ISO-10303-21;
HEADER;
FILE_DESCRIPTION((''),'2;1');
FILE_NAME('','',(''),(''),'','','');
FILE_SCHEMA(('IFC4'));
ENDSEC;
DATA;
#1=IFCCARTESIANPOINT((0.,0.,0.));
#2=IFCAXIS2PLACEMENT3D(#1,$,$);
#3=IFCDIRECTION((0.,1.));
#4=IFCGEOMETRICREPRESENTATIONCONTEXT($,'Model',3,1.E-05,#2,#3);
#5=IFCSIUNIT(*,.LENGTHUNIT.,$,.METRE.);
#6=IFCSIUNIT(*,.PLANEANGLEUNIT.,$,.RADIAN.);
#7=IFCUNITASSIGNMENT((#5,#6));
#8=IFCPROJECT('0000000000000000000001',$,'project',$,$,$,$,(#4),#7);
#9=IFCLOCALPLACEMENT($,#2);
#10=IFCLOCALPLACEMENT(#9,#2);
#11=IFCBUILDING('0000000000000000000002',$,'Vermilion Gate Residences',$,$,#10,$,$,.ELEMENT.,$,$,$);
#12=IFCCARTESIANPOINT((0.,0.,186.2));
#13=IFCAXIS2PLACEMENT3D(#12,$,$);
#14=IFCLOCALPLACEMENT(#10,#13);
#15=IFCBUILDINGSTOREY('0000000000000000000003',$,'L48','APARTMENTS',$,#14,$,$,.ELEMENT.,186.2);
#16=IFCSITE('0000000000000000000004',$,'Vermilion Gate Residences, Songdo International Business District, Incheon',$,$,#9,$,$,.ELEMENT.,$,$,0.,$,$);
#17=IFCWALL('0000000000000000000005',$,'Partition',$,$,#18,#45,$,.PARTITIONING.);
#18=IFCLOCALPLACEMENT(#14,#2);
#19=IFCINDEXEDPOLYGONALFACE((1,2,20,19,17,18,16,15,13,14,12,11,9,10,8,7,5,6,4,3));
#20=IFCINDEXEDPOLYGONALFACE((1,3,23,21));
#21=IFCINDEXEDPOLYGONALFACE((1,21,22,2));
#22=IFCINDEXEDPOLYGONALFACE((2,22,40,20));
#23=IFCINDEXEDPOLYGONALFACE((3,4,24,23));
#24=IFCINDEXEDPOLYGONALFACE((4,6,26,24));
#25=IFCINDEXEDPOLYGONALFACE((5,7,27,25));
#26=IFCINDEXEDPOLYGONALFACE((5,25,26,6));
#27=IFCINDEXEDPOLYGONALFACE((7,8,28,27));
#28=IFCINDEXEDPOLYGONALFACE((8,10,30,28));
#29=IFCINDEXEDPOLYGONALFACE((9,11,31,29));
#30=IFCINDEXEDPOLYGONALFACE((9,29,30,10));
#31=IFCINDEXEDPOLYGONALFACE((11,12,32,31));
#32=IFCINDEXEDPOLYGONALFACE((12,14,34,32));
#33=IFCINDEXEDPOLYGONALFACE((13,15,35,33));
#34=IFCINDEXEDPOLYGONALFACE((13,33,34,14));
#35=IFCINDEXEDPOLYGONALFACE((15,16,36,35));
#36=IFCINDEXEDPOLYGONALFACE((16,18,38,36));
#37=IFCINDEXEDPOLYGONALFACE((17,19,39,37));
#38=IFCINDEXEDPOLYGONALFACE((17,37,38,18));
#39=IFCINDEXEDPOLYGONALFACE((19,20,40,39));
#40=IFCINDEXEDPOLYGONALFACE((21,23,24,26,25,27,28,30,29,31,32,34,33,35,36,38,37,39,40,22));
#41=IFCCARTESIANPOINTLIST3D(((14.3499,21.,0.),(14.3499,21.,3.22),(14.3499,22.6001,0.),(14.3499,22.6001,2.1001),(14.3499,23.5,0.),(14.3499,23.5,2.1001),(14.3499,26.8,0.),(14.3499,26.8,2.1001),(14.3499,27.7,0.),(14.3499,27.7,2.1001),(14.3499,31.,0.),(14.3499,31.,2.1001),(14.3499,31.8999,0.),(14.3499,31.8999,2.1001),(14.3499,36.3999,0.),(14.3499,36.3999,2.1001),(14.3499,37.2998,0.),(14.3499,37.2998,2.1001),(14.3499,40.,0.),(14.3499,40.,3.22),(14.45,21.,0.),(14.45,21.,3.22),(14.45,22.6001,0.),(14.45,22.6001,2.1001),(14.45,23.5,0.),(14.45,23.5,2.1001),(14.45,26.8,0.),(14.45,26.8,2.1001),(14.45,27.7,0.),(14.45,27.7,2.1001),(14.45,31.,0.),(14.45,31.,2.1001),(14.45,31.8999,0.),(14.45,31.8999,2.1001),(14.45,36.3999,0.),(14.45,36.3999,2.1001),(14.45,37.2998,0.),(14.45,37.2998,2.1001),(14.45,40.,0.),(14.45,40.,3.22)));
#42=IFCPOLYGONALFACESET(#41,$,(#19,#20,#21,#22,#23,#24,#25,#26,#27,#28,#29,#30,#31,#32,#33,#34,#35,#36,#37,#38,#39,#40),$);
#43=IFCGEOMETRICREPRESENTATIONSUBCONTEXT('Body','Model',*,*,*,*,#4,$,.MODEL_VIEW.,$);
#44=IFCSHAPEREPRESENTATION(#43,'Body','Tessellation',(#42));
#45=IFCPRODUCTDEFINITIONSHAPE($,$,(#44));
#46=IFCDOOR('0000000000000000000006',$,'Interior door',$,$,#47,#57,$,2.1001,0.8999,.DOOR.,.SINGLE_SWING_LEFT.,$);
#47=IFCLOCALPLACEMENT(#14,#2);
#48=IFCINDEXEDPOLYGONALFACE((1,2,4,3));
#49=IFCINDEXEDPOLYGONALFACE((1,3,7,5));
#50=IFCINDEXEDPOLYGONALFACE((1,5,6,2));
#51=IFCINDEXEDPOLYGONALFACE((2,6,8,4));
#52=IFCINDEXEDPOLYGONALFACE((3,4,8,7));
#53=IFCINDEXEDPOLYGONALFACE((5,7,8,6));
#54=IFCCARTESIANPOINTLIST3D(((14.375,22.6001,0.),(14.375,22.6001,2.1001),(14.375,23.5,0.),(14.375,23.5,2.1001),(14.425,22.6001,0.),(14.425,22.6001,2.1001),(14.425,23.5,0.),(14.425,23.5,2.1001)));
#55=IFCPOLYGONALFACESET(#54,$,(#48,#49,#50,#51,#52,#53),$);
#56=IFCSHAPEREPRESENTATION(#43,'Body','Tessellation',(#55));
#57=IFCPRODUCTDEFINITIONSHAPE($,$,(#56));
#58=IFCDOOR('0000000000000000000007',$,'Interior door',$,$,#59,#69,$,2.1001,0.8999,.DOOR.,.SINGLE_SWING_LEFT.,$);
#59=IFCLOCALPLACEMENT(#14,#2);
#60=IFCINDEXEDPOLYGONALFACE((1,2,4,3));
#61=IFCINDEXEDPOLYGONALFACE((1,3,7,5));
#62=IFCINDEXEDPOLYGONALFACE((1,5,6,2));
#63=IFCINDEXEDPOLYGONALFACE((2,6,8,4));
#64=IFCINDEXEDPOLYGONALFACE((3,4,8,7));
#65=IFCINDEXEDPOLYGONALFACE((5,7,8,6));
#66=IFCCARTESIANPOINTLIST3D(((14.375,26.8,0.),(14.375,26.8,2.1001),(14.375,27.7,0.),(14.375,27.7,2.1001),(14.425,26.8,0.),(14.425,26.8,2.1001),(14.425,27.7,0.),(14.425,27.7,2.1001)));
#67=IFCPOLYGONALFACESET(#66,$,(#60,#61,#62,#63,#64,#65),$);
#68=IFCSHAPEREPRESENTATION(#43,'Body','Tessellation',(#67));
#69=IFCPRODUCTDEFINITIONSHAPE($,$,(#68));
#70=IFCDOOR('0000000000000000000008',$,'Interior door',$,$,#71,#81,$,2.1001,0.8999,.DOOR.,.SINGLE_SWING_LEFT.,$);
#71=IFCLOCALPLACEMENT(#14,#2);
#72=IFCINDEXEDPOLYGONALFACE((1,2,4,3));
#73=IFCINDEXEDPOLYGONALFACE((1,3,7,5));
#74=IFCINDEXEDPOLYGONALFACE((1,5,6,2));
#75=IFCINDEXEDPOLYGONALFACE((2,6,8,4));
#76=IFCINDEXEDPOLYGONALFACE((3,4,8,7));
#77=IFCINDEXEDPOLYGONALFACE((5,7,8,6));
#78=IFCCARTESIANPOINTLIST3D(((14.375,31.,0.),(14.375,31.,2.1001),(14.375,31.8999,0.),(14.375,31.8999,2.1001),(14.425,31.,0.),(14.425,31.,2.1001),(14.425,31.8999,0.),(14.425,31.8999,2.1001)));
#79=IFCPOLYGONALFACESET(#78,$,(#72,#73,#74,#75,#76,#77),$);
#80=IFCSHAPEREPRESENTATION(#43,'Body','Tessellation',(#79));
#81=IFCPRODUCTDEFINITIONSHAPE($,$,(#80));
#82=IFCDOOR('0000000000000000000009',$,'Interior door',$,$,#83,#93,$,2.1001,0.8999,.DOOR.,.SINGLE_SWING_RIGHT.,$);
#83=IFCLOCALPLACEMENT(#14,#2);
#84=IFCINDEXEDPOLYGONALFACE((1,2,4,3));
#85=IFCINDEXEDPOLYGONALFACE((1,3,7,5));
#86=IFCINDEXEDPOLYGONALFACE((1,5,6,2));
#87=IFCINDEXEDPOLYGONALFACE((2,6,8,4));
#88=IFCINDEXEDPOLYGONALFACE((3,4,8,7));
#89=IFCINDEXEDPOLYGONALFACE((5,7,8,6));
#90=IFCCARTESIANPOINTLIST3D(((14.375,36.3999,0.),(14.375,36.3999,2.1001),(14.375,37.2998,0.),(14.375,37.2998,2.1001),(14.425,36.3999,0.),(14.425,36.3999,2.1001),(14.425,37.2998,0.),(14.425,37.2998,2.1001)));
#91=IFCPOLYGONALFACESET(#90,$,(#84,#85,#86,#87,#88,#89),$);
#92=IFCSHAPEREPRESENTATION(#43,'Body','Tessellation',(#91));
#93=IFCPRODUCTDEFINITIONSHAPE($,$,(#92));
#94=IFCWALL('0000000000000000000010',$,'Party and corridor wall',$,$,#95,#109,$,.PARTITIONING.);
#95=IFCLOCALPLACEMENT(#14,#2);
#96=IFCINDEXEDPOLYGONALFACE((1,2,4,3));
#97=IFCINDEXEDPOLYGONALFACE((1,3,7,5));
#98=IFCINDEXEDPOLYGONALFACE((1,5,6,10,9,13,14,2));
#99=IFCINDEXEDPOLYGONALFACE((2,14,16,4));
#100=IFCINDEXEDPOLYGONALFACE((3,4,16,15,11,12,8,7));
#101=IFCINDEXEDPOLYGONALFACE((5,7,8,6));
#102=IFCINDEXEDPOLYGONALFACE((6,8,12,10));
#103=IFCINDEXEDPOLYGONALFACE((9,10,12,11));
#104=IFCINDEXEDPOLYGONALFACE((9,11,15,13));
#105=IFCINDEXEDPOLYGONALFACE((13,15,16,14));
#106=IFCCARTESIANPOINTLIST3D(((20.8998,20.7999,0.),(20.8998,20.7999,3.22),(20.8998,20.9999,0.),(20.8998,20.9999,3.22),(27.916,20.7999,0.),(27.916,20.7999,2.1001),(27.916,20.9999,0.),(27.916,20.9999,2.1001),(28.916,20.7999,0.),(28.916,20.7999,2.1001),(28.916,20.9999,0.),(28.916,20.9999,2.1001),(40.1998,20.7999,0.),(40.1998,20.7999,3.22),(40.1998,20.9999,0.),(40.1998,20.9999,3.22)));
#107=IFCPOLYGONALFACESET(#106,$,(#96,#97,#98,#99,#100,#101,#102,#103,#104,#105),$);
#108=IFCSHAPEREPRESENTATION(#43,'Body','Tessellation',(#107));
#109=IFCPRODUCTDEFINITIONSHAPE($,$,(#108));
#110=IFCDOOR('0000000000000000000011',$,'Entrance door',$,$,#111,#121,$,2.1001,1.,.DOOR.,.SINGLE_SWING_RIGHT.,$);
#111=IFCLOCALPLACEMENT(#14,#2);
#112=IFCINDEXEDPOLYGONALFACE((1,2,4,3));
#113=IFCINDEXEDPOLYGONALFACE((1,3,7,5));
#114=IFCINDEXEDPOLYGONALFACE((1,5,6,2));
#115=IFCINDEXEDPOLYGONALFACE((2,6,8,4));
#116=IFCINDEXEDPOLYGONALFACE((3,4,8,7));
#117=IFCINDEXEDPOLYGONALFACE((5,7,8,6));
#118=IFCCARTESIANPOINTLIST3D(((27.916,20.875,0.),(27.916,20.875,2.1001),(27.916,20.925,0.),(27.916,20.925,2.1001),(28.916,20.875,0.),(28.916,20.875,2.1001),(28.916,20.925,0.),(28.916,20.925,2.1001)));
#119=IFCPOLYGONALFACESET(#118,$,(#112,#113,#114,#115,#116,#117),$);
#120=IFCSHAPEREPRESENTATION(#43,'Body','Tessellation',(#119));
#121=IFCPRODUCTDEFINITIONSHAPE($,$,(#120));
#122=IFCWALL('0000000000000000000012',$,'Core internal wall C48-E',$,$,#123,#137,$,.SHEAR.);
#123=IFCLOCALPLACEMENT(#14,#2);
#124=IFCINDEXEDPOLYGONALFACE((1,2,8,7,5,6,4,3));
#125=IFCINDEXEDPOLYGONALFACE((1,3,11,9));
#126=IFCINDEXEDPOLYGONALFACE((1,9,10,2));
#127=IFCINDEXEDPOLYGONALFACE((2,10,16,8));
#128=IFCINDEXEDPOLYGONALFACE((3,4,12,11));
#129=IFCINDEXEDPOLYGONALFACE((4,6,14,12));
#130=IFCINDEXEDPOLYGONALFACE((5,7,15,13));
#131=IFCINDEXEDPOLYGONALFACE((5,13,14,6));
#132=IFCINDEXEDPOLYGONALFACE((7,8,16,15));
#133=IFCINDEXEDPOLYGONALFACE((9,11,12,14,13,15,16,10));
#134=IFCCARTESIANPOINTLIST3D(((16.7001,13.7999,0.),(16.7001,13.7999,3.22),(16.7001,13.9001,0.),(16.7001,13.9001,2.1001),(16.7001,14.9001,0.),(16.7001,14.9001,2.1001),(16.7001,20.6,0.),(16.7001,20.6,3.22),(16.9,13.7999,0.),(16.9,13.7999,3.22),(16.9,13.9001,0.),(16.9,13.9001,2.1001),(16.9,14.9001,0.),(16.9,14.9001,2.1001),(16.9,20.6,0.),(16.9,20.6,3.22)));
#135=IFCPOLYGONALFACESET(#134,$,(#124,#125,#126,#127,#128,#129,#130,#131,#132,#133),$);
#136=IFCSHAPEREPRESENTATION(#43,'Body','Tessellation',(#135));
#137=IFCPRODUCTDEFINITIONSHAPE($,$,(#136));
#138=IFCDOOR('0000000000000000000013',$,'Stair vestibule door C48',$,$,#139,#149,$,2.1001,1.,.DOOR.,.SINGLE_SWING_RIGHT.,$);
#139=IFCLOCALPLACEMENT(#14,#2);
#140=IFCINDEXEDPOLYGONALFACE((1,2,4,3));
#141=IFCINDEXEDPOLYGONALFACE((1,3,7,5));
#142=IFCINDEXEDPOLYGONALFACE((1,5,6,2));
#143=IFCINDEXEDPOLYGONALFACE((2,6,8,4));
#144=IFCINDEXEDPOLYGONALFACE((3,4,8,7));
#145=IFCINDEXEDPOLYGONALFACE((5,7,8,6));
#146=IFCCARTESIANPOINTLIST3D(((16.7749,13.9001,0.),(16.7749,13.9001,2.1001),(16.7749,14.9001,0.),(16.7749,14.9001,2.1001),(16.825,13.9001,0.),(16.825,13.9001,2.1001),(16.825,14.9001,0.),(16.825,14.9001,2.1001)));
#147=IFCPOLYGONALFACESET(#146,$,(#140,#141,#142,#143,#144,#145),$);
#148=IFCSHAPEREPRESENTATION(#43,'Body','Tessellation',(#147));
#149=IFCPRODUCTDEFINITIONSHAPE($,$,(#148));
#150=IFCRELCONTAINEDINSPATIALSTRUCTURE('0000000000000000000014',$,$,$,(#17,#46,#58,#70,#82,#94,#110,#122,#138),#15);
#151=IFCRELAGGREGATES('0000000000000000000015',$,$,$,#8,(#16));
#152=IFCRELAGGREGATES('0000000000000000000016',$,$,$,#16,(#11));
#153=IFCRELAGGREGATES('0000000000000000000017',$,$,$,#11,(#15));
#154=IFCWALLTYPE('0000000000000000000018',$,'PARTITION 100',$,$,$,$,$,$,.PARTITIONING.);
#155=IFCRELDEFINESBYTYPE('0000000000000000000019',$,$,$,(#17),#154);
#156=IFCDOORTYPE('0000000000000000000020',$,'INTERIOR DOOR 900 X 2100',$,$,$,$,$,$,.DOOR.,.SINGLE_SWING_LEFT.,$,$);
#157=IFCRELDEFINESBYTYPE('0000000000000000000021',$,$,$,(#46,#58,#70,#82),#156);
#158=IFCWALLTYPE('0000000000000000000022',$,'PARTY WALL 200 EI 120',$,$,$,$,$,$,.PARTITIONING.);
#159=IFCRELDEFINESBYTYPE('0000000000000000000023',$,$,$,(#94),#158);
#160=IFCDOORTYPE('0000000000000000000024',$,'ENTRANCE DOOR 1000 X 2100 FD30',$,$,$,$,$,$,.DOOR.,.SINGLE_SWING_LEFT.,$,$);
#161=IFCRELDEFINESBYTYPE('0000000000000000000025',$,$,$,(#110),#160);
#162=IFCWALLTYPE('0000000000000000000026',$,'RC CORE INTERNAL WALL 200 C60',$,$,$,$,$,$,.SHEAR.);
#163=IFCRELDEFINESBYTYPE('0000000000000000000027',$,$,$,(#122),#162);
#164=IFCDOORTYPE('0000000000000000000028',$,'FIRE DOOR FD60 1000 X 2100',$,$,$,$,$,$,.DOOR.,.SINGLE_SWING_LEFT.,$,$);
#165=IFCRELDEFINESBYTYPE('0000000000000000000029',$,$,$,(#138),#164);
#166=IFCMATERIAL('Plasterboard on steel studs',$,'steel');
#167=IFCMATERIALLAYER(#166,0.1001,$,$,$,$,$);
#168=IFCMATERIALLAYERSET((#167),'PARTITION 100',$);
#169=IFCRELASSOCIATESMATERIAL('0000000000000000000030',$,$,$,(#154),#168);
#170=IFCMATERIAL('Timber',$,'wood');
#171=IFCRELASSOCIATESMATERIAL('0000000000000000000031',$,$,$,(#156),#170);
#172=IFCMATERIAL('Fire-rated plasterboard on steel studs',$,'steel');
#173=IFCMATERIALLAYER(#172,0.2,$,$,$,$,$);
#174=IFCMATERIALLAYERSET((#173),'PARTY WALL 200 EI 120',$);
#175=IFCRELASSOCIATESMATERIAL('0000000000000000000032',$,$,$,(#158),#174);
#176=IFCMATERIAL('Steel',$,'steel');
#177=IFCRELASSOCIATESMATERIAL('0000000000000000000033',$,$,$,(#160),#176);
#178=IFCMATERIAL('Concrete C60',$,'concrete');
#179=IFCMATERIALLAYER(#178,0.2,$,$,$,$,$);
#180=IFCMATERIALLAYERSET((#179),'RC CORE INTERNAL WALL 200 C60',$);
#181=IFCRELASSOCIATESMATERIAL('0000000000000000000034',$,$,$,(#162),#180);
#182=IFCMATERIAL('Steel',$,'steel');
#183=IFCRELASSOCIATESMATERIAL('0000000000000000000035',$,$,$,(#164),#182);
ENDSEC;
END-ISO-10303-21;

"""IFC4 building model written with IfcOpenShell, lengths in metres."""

from ifc_helpers import new_model, si_unit, direction, frame, frame_2d, origin, place, context, subcontext, project, spatial, rectangle, extrude, material, layer, layer_set, type_object, element, fill, save


model = new_model("IFC4")

# Units and contexts
model_context = context("Model", 3, precision=1e-05, world=origin(), true_north=direction((0.0, 1.0)))
body_context = subcontext(model_context, "Body", "Model", "MODEL_VIEW")
ifc_project = project(units=[si_unit("LENGTHUNIT", "METRE"), si_unit("PLANEANGLEUNIT", "RADIAN")], contexts=[model_context])

# Site, building, storey
site_placement = place(None, origin())
site = spatial("IfcSite", under=ifc_project, at=site_placement, Name="Vermilion Gate Residences, Songdo International Business District, Incheon", CompositionType="ELEMENT", RefElevation=0.0)
building_placement = place(site_placement, origin())
building = spatial("IfcBuilding", under=site, at=building_placement, Name="Vermilion Gate Residences", CompositionType="ELEMENT")
storey_placement = place(building_placement, frame((0.0, 0.0, 186.2)))
storey = spatial("IfcBuildingStorey", under=building, at=storey_placement, Name="L48", Description="APARTMENTS", CompositionType="ELEMENT", Elevation=186.2)

# Wall, openings, doors
ifc_material_1 = material(Name="Plasterboard on steel studs", Category="steel")
ifc_layer_1 = layer(ifc_material_1, 0.1001)
ifc_layer_set_1 = layer_set([ifc_layer_1], Name="PARTITION 100")
wall_type_1 = type_object("IfcWallType", Name="PARTITION 100", PredefinedType="PARTITIONING", material=ifc_layer_set_1)
ifc_material_2 = material(Name="Timber", Category="wood")
door_type_1 = type_object("IfcDoorType", Name="INTERIOR DOOR 900 X 2100", OperationType="SINGLE_SWING_LEFT", PredefinedType="DOOR", material=ifc_material_2)
wall_1_placement = place(storey_placement, frame((14.3999, 21.0, 0.0), z_axis=(0.0, 0.0, 1.0), x_axis=(0.0, 1.0, 0.0)))
wall_1 = element("IfcWall", 1, at=wall_1_placement, inside=storey, type_object=wall_type_1, Name="Partition", PredefinedType="PARTITIONING", context=body_context, shape_type="SweptSolid", body=[
    extrude(rectangle(XDim=19.0, YDim=0.1001, at=frame_2d((9.5, 0.0))), origin(), (0.0, 0.0, 1.0), 3.22),
])
opening_1_placement = place(wall_1_placement, frame((1.6001, 0.0, 0.0)))
opening_1 = element("IfcOpeningElement", 2, at=opening_1_placement, cuts=wall_1, PredefinedType="OPENING", context=body_context, shape_type="SweptSolid", body=[
    extrude(rectangle(XDim=0.8999, YDim=2.1001, at=frame_2d((0.45, 1.05))), frame((0.0, 0.0601, 0.0), z_axis=(0.0, -1.0, 0.0), x_axis=(1.0, 0.0, 0.0)), (0.0, 0.0, 1.0), 0.1201),
])
opening_2_placement = place(wall_1_placement, frame((5.8, 0.0, 0.0)))
opening_2 = element("IfcOpeningElement", 3, at=opening_2_placement, cuts=wall_1, PredefinedType="OPENING", context=body_context, shape_type="SweptSolid", body=[
    extrude(rectangle(XDim=0.8999, YDim=2.1001, at=frame_2d((0.45, 1.05))), frame((0.0, 0.0601, 0.0), z_axis=(0.0, -1.0, 0.0), x_axis=(1.0, 0.0, 0.0)), (0.0, 0.0, 1.0), 0.1201),
])
opening_3_placement = place(wall_1_placement, frame((10.0, 0.0, 0.0)))
opening_3 = element("IfcOpeningElement", 4, at=opening_3_placement, cuts=wall_1, PredefinedType="OPENING", context=body_context, shape_type="SweptSolid", body=[
    extrude(rectangle(XDim=0.8999, YDim=2.1001, at=frame_2d((0.45, 1.05))), frame((0.0, 0.0601, 0.0), z_axis=(0.0, -1.0, 0.0), x_axis=(1.0, 0.0, 0.0)), (0.0, 0.0, 1.0), 0.1201),
])
opening_4_placement = place(wall_1_placement, frame((15.3999, 0.0, 0.0)))
opening_4 = element("IfcOpeningElement", 5, at=opening_4_placement, cuts=wall_1, PredefinedType="OPENING", context=body_context, shape_type="SweptSolid", body=[
    extrude(rectangle(XDim=0.8999, YDim=2.1001, at=frame_2d((0.45, 1.05))), frame((0.0, 0.0601, 0.0), z_axis=(0.0, -1.0, 0.0), x_axis=(1.0, 0.0, 0.0)), (0.0, 0.0, 1.0), 0.1201),
])
door_1_placement = place(opening_1_placement, origin())
door_1 = element("IfcDoor", 6, at=door_1_placement, inside=storey, type_object=door_type_1, Name="Interior door", OperationType="SINGLE_SWING_LEFT", OverallHeight=2.1001, OverallWidth=0.8999, PredefinedType="DOOR", context=body_context, shape_type="SweptSolid", body=[
    extrude(rectangle(XDim=0.8999, YDim=2.1001, at=frame_2d((0.45, 1.05))), frame((0.0, 0.0249, 0.0), z_axis=(0.0, -1.0, 0.0), x_axis=(1.0, 0.0, 0.0)), (0.0, 0.0, 1.0), 0.05),
])
fill(opening_1, door_1)
door_2_placement = place(opening_2_placement, origin())
door_2 = element("IfcDoor", 7, at=door_2_placement, inside=storey, type_object=door_type_1, Name="Interior door", OperationType="SINGLE_SWING_LEFT", OverallHeight=2.1001, OverallWidth=0.8999, PredefinedType="DOOR", context=body_context, shape_type="SweptSolid", body=[
    extrude(rectangle(XDim=0.8999, YDim=2.1001, at=frame_2d((0.45, 1.05))), frame((0.0, 0.0249, 0.0), z_axis=(0.0, -1.0, 0.0), x_axis=(1.0, 0.0, 0.0)), (0.0, 0.0, 1.0), 0.05),
])
fill(opening_2, door_2)
door_3_placement = place(opening_3_placement, origin())
door_3 = element("IfcDoor", 8, at=door_3_placement, inside=storey, type_object=door_type_1, Name="Interior door", OperationType="SINGLE_SWING_LEFT", OverallHeight=2.1001, OverallWidth=0.8999, PredefinedType="DOOR", context=body_context, shape_type="SweptSolid", body=[
    extrude(rectangle(XDim=0.8999, YDim=2.1001, at=frame_2d((0.45, 1.05))), frame((0.0, 0.0249, 0.0), z_axis=(0.0, -1.0, 0.0), x_axis=(1.0, 0.0, 0.0)), (0.0, 0.0, 1.0), 0.05),
])
fill(opening_3, door_3)
door_4_placement = place(opening_4_placement, origin())
door_4 = element("IfcDoor", 9, at=door_4_placement, inside=storey, type_object=door_type_1, Name="Interior door", OperationType="SINGLE_SWING_RIGHT", OverallHeight=2.1001, OverallWidth=0.8999, PredefinedType="DOOR", context=body_context, shape_type="SweptSolid", body=[
    extrude(rectangle(XDim=0.8999, YDim=2.1001, at=frame_2d((0.45, 1.05))), frame((0.0, 0.0249, 0.0), z_axis=(0.0, -1.0, 0.0), x_axis=(1.0, 0.0, 0.0)), (0.0, 0.0, 1.0), 0.05),
])
fill(opening_4, door_4)

# Walls, openings, doors
ifc_material_3 = material(Name="Fire-rated plasterboard on steel studs", Category="steel")
ifc_layer_2 = layer(ifc_material_3, 0.2)
ifc_layer_set_2 = layer_set([ifc_layer_2], Name="PARTY WALL 200 EI 120")
wall_type_2 = type_object("IfcWallType", Name="PARTY WALL 200 EI 120", PredefinedType="PARTITIONING", material=ifc_layer_set_2)
wall_2_placement = place(storey_placement, frame((20.8999, 20.8999, 0.0), z_axis=(0.0, 0.0, 1.0), x_axis=(1.0, 0.0, 0.0)))
wall_2 = element("IfcWall", 10, at=wall_2_placement, inside=storey, type_object=wall_type_2, Name="Party and corridor wall", PredefinedType="PARTITIONING", context=body_context, shape_type="SweptSolid", body=[
    extrude(rectangle(XDim=19.3, YDim=0.2, at=frame_2d((9.6499, 0.0))), origin(), (0.0, 0.0, 1.0), 3.22),
])
opening_5_placement = place(wall_2_placement, frame((7.0161, 0.0, 0.0)))
opening_5 = element("IfcOpeningElement", 11, at=opening_5_placement, cuts=wall_2, PredefinedType="OPENING", context=body_context, shape_type="SweptSolid", body=[
    extrude(rectangle(XDim=1.0, YDim=2.1001, at=frame_2d((0.5, 1.05))), frame((0.0, 0.1099, 0.0), z_axis=(0.0, -1.0, 0.0), x_axis=(1.0, 0.0, 0.0)), (0.0, 0.0, 1.0), 0.22),
])
ifc_material_4 = material(Name="Steel", Category="steel")
door_type_2 = type_object("IfcDoorType", Name="ENTRANCE DOOR 1000 X 2100 FD30", OperationType="SINGLE_SWING_LEFT", PredefinedType="DOOR", material=ifc_material_4)
door_5_placement = place(opening_5_placement, frame((1.0, 0.0, 0.0), z_axis=(0.0, 0.0, 1.0), x_axis=(-1.0, 0.0, 0.0)))
door_5 = element("IfcDoor", 12, at=door_5_placement, inside=storey, type_object=door_type_2, Name="Entrance door", OperationType="SINGLE_SWING_RIGHT", OverallHeight=2.1001, OverallWidth=1.0, PredefinedType="DOOR", context=body_context, shape_type="SweptSolid", body=[
    extrude(rectangle(XDim=1.0, YDim=2.1001, at=frame_2d((0.5, 1.05))), frame((0.0, 0.0249, 0.0), z_axis=(0.0, -1.0, 0.0), x_axis=(1.0, 0.0, 0.0)), (0.0, 0.0, 1.0), 0.05),
])
fill(opening_5, door_5)
ifc_material_5 = material(Name="Concrete C60", Category="concrete")
ifc_layer_3 = layer(ifc_material_5, 0.2)
ifc_layer_set_3 = layer_set([ifc_layer_3], Name="RC CORE INTERNAL WALL 200 C60")
wall_type_3 = type_object("IfcWallType", Name="RC CORE INTERNAL WALL 200 C60", PredefinedType="SHEAR", material=ifc_layer_set_3)
wall_3_placement = place(storey_placement, frame((16.8, 13.8, 0.0), z_axis=(0.0, 0.0, 1.0), x_axis=(0.0, 1.0, 0.0)))
wall_3 = element("IfcWall", 13, at=wall_3_placement, inside=storey, type_object=wall_type_3, Name="Core internal wall C48-E", PredefinedType="SHEAR", context=body_context, shape_type="SweptSolid", body=[
    extrude(rectangle(XDim=6.8, YDim=0.2, at=frame_2d((3.3999, 0.0))), origin(), (0.0, 0.0, 1.0), 3.22),
])
opening_6_placement = place(wall_3_placement, frame((0.1001, 0.0, 0.0)))
opening_6 = element("IfcOpeningElement", 14, at=opening_6_placement, cuts=wall_3, PredefinedType="OPENING", context=body_context, shape_type="SweptSolid", body=[
    extrude(rectangle(XDim=1.0, YDim=2.1001, at=frame_2d((0.5, 1.05))), frame((0.0, 0.1099, 0.0), z_axis=(0.0, -1.0, 0.0), x_axis=(1.0, 0.0, 0.0)), (0.0, 0.0, 1.0), 0.22),
])
ifc_material_6 = material(Name="Steel", Category="steel")
door_type_3 = type_object("IfcDoorType", Name="FIRE DOOR FD60 1000 X 2100", OperationType="SINGLE_SWING_LEFT", PredefinedType="DOOR", material=ifc_material_6)
door_6_placement = place(opening_6_placement, frame((1.0, 0.0, 0.0), z_axis=(0.0, 0.0, 1.0), x_axis=(-1.0, 0.0, 0.0)))
door_6 = element("IfcDoor", 15, at=door_6_placement, inside=storey, type_object=door_type_3, Name="Stair vestibule door C48", OperationType="SINGLE_SWING_RIGHT", OverallHeight=2.1001, OverallWidth=1.0, PredefinedType="DOOR", context=body_context, shape_type="SweptSolid", body=[
    extrude(rectangle(XDim=1.0, YDim=2.1001, at=frame_2d((0.5, 1.05))), frame((0.0, 0.0249, 0.0), z_axis=(0.0, -1.0, 0.0), x_axis=(1.0, 0.0, 0.0)), (0.0, 0.0, 1.0), 0.05),
])
fill(opening_6, door_6)

save(model, "model.ifc")
